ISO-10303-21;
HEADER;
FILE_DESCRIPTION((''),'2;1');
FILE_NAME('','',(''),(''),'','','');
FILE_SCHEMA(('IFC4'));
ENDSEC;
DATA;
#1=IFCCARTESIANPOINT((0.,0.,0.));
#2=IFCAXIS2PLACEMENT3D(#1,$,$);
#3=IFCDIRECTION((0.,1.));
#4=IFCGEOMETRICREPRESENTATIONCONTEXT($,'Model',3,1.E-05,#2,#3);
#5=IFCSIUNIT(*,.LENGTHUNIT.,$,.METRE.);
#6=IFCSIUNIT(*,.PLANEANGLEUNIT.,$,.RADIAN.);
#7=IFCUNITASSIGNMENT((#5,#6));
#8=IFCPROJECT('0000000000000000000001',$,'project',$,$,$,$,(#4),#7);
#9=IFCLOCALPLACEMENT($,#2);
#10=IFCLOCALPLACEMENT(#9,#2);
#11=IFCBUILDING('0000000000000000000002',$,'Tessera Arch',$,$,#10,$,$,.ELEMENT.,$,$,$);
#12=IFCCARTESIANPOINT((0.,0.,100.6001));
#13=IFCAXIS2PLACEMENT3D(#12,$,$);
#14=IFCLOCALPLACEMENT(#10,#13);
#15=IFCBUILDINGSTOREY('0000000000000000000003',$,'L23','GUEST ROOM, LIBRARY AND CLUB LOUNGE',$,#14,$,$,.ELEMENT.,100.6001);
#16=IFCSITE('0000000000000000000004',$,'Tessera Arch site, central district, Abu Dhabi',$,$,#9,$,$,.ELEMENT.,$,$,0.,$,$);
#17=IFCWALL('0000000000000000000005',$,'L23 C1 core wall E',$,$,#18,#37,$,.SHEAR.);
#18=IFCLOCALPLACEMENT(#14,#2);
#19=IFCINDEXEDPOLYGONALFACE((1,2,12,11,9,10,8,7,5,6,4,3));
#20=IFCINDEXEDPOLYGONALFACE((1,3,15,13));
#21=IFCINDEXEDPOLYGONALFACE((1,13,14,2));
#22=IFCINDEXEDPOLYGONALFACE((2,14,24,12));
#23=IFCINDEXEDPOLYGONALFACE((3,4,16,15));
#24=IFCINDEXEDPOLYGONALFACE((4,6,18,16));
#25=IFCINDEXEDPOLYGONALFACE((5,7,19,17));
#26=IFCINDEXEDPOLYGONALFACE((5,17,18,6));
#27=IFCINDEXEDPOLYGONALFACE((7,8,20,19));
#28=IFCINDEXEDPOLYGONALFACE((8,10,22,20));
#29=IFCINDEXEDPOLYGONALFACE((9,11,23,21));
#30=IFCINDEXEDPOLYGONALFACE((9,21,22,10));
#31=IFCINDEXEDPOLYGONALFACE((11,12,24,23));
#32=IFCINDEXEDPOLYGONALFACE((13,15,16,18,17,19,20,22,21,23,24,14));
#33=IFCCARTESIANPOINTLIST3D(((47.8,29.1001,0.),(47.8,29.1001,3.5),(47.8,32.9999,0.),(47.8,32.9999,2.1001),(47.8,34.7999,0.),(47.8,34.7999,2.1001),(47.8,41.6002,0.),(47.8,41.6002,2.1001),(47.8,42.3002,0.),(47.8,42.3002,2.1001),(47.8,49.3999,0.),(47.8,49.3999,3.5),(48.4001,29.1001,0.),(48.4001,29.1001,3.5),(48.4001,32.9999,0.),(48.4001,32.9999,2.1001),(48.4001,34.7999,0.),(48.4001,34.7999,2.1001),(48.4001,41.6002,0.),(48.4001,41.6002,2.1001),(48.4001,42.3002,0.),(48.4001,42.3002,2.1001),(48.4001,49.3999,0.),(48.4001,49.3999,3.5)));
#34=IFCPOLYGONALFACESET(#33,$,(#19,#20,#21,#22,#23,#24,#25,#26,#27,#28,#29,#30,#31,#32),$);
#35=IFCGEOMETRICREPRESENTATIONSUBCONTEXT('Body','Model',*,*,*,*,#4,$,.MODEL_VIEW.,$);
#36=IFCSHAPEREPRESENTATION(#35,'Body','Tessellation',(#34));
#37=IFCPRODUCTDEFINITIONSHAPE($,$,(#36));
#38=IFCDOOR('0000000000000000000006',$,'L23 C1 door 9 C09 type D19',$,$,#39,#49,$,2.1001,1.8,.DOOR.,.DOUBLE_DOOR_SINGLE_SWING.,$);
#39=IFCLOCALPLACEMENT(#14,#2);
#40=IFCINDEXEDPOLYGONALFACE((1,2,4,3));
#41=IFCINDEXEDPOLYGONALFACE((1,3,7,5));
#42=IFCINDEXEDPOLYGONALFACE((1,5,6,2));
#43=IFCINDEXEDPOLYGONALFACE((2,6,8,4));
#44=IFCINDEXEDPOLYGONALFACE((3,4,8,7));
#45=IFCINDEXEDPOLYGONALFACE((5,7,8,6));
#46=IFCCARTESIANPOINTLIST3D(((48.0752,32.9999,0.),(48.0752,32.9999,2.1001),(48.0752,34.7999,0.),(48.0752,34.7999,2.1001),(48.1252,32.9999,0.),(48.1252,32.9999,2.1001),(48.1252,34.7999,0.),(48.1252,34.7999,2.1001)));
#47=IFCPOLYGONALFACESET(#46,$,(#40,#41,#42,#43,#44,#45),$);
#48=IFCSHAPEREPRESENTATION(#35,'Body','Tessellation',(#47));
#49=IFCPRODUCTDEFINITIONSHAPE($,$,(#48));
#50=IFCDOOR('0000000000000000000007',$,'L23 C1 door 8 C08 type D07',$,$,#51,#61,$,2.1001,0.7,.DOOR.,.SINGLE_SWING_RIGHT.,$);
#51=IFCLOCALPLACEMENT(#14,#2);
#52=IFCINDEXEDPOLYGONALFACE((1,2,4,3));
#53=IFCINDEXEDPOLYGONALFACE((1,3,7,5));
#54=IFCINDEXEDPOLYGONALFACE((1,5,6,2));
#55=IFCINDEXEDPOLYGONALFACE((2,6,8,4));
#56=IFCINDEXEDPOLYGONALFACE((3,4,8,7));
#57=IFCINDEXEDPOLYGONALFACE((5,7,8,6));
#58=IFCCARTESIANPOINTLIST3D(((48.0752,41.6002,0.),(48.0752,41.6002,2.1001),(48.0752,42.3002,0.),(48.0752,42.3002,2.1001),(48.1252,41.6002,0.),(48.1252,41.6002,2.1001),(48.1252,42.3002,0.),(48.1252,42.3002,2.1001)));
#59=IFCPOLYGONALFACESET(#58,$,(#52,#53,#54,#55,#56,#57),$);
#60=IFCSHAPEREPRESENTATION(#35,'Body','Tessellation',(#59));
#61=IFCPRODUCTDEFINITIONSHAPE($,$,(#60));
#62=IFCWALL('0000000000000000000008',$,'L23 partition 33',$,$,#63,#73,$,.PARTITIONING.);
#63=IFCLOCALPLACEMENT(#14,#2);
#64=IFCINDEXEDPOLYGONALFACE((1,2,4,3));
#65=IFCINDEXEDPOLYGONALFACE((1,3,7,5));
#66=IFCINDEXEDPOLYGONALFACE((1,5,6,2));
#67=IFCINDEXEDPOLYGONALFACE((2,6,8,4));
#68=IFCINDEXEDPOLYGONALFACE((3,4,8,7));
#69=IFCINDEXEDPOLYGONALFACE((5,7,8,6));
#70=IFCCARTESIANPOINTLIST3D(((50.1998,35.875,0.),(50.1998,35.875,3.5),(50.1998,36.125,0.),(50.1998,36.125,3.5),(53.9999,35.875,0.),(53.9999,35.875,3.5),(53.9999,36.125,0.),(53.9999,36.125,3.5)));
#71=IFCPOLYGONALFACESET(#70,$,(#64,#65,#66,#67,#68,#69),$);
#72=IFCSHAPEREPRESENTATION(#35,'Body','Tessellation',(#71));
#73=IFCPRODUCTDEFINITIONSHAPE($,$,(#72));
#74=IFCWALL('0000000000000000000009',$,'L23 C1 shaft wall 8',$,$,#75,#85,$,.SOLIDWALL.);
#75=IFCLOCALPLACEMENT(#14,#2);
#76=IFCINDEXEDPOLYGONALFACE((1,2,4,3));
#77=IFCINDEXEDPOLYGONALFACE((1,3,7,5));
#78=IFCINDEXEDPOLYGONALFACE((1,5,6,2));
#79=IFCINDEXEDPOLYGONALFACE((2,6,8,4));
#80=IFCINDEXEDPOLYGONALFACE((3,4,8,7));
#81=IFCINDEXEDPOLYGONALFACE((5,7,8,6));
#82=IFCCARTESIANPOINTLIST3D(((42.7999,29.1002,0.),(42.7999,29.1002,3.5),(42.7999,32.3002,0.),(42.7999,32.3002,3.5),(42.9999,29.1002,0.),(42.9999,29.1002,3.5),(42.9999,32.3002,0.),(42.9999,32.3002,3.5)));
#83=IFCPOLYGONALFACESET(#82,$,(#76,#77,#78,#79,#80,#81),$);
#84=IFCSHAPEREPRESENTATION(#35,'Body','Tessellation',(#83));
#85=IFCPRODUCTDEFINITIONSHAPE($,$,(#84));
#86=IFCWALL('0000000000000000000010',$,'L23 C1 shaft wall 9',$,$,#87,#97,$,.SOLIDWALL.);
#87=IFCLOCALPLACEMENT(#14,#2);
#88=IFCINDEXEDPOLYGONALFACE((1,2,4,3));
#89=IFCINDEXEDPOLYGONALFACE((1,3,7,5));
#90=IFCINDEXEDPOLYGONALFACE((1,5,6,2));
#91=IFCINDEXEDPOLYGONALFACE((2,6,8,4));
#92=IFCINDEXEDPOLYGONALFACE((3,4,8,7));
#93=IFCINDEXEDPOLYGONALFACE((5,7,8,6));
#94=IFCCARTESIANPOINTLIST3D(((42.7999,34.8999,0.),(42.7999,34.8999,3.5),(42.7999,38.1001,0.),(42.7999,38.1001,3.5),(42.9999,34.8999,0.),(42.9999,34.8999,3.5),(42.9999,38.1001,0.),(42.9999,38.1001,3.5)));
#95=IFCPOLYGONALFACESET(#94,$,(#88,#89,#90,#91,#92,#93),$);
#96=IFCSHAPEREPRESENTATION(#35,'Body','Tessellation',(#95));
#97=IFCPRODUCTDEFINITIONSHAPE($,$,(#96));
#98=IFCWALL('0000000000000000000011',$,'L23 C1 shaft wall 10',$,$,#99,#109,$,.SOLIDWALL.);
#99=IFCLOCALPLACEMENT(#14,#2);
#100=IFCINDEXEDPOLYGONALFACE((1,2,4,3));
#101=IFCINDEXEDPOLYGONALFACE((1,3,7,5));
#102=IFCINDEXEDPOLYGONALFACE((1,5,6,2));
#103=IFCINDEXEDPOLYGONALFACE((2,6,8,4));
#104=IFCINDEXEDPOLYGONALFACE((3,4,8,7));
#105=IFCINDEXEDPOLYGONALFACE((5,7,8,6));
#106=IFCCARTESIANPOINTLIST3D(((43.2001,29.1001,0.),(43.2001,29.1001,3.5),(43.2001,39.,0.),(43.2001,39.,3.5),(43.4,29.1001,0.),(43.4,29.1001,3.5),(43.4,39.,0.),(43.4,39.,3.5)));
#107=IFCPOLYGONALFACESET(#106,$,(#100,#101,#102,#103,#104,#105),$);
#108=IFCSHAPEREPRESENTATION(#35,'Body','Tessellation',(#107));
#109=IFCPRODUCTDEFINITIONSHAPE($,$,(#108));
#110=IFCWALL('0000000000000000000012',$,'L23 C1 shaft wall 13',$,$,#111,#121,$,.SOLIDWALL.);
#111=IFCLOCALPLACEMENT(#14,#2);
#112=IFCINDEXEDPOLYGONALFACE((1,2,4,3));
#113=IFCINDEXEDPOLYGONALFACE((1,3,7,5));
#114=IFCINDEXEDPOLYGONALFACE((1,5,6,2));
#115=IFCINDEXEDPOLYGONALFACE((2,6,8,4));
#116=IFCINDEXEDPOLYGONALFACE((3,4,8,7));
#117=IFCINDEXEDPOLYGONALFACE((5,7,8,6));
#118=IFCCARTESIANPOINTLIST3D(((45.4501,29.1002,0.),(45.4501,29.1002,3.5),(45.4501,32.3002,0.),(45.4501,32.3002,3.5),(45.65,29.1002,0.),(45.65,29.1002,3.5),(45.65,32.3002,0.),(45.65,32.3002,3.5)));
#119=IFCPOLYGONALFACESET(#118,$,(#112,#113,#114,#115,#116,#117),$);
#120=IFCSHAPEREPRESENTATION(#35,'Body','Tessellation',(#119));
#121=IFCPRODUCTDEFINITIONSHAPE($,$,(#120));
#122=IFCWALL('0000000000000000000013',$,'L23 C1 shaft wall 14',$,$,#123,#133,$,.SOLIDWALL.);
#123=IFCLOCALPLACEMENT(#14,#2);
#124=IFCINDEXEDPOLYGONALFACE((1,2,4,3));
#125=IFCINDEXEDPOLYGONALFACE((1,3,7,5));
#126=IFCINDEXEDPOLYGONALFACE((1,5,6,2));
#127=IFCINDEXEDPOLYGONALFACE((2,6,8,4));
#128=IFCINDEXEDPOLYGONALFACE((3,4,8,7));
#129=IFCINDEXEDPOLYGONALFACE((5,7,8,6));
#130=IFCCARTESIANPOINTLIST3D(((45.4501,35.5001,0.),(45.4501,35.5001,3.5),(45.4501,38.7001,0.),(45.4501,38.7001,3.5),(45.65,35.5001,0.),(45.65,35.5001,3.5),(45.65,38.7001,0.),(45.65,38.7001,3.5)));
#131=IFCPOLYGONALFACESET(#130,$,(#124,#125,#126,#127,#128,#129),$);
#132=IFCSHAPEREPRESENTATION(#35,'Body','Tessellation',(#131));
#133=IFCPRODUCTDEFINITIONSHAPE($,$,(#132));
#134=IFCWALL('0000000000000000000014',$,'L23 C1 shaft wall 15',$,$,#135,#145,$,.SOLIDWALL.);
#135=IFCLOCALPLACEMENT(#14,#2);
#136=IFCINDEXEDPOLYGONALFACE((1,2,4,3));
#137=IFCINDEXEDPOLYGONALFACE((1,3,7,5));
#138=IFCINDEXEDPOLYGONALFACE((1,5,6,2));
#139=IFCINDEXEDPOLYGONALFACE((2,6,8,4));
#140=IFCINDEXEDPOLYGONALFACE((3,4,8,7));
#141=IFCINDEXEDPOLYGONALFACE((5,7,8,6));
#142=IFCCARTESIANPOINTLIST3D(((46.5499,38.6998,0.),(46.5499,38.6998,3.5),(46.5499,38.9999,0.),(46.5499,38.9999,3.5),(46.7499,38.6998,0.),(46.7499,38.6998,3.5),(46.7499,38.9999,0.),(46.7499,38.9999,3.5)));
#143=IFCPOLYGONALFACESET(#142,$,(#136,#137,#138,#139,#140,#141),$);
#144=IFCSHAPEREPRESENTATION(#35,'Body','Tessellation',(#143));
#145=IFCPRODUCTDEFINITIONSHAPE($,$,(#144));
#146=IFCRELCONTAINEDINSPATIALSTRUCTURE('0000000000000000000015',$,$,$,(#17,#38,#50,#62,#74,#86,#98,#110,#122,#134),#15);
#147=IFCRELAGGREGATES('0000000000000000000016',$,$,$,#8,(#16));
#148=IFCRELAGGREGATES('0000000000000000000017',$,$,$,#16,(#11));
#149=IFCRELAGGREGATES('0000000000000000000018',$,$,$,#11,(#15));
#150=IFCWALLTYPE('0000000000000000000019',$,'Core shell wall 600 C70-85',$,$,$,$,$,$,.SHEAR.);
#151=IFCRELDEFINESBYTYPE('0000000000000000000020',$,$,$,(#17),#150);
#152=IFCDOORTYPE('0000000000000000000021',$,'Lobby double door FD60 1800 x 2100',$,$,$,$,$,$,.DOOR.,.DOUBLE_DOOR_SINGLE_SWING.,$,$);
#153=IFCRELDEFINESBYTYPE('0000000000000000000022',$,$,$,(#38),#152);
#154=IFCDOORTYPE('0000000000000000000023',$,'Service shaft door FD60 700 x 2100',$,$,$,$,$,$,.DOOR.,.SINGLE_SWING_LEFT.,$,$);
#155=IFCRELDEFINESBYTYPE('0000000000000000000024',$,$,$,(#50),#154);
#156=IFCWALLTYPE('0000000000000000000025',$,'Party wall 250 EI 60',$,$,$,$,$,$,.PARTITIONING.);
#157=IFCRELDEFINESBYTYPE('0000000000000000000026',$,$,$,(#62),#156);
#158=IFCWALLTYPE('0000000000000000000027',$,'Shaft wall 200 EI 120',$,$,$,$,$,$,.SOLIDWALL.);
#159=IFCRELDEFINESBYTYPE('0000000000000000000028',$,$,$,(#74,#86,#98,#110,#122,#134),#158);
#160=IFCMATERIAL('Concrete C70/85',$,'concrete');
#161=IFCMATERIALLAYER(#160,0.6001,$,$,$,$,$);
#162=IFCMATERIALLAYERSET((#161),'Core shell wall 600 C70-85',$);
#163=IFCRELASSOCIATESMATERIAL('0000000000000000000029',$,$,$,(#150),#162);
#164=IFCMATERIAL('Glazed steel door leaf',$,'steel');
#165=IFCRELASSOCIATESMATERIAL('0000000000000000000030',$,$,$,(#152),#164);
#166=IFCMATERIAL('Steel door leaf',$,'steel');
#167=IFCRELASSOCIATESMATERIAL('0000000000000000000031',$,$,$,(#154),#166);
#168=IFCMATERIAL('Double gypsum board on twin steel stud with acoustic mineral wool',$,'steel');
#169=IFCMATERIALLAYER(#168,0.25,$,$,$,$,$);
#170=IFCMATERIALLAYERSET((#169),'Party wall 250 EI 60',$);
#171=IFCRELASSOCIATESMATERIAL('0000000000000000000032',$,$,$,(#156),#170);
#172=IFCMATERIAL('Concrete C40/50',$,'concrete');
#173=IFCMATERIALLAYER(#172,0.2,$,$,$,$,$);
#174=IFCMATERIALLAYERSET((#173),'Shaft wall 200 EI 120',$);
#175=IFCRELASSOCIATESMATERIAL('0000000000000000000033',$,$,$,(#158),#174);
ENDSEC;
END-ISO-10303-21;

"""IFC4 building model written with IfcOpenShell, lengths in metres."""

from ifc_helpers import new_model, si_unit, direction, frame, frame_2d, origin, place, context, subcontext, project, spatial, rectangle, extrude, material, layer, layer_set, type_object, element, fill, save


model = new_model("IFC4")

# Units and contexts
model_context = context("Model", 3, precision=1e-05, world=origin(), true_north=direction((0.0, 1.0)))
body_context = subcontext(model_context, "Body", "Model", "MODEL_VIEW")
ifc_project = project(units=[si_unit("LENGTHUNIT", "METRE"), si_unit("PLANEANGLEUNIT", "RADIAN")], contexts=[model_context])

# Site, building, storey
site_placement = place(None, origin())
site = spatial("IfcSite", under=ifc_project, at=site_placement, Name="Tessera Arch site, central district, Abu Dhabi", CompositionType="ELEMENT", RefElevation=0.0)
building_placement = place(site_placement, origin())
building = spatial("IfcBuilding", under=site, at=building_placement, Name="Tessera Arch", CompositionType="ELEMENT")
storey_placement = place(building_placement, frame((0.0, 0.0, 100.6001)))
storey = spatial("IfcBuildingStorey", under=building, at=storey_placement, Name="L23", Description="GUEST ROOM, LIBRARY AND CLUB LOUNGE", CompositionType="ELEMENT", Elevation=100.6001)

# Wall, openings, doors
ifc_material_1 = material(Name="Concrete C70/85", Category="concrete")
ifc_layer_1 = layer(ifc_material_1, 0.6001)
ifc_layer_set_1 = layer_set([ifc_layer_1], Name="Core shell wall 600 C70-85")
wall_type_1 = type_object("IfcWallType", Name="Core shell wall 600 C70-85", PredefinedType="SHEAR", material=ifc_layer_set_1)
wall_1_placement = place(storey_placement, frame((48.1001, 29.1001, 0.0), z_axis=(0.0, 0.0, 1.0), x_axis=(0.0, 1.0, 0.0)))
wall_1 = element("IfcWall", 1, at=wall_1_placement, inside=storey, type_object=wall_type_1, Name="L23 C1 core wall E", PredefinedType="SHEAR", context=body_context, shape_type="SweptSolid", body=[
    extrude(rectangle(XDim=20.2998, YDim=0.6001, at=frame_2d((10.1499, 0.0))), origin(), (0.0, 0.0, 1.0), 3.5),
])
opening_1_placement = place(wall_1_placement, frame((12.5, 0.0, 0.0)))
opening_1 = element("IfcOpeningElement", 2, at=opening_1_placement, cuts=wall_1, PredefinedType="OPENING", context=body_context, shape_type="SweptSolid", body=[
    extrude(rectangle(XDim=0.7, YDim=2.1001, at=frame_2d((0.3501, 1.05))), frame((0.0, 0.3101, 0.0), z_axis=(0.0, -1.0, 0.0), x_axis=(1.0, 0.0, 0.0)), (0.0, 0.0, 1.0), 0.6201),
])
opening_2_placement = place(wall_1_placement, frame((3.8999, 0.0, 0.0)))
opening_2 = element("IfcOpeningElement", 3, at=opening_2_placement, cuts=wall_1, PredefinedType="OPENING", context=body_context, shape_type="SweptSolid", body=[
    extrude(rectangle(XDim=1.8, YDim=2.1001, at=frame_2d((0.8999, 1.05))), frame((0.0, 0.3101, 0.0), z_axis=(0.0, -1.0, 0.0), x_axis=(1.0, 0.0, 0.0)), (0.0, 0.0, 1.0), 0.6201),
])
ifc_material_2 = material(Name="Glazed steel door leaf", Category="steel")
door_type_1 = type_object("IfcDoorType", Name="Lobby double door FD60 1800 x 2100", OperationType="DOUBLE_DOOR_SINGLE_SWING", PredefinedType="DOOR", material=ifc_material_2)
door_1_placement = place(opening_2_placement, origin())
door_1 = element("IfcDoor", 4, at=door_1_placement, inside=storey, type_object=door_type_1, Name="L23 C1 door 9 C09 type D19", OperationType="DOUBLE_DOOR_SINGLE_SWING", OverallHeight=2.1001, OverallWidth=1.8, PredefinedType="DOOR", context=body_context, shape_type="SweptSolid", body=[
    extrude(rectangle(XDim=1.8, YDim=2.1001, at=frame_2d((0.8999, 1.05))), frame((0.0, 0.0249, 0.0), z_axis=(0.0, -1.0, 0.0), x_axis=(1.0, 0.0, 0.0)), (0.0, 0.0, 1.0), 0.05),
])
fill(opening_2, door_1)
ifc_material_3 = material(Name="Steel door leaf", Category="steel")
door_type_2 = type_object("IfcDoorType", Name="Service shaft door FD60 700 x 2100", OperationType="SINGLE_SWING_LEFT", PredefinedType="DOOR", material=ifc_material_3)
door_2_placement = place(opening_1_placement, origin())
door_2 = element("IfcDoor", 5, at=door_2_placement, inside=storey, type_object=door_type_2, Name="L23 C1 door 8 C08 type D07", OperationType="SINGLE_SWING_RIGHT", OverallHeight=2.1001, OverallWidth=0.7, PredefinedType="DOOR", context=body_context, shape_type="SweptSolid", body=[
    extrude(rectangle(XDim=0.7, YDim=2.1001, at=frame_2d((0.3501, 1.05))), frame((0.0, 0.0249, 0.0), z_axis=(0.0, -1.0, 0.0), x_axis=(1.0, 0.0, 0.0)), (0.0, 0.0, 1.0), 0.05),
])
fill(opening_1, door_2)

# Walls
ifc_material_4 = material(Name="Double gypsum board on twin steel stud with acoustic mineral wool", Category="steel")
ifc_layer_2 = layer(ifc_material_4, 0.25)
ifc_layer_set_2 = layer_set([ifc_layer_2], Name="Party wall 250 EI 60")
wall_type_2 = type_object("IfcWallType", Name="Party wall 250 EI 60", PredefinedType="PARTITIONING", material=ifc_layer_set_2)
wall_2_placement = place(storey_placement, frame((50.2, 36.0, 0.0), z_axis=(0.0, 0.0, 1.0), x_axis=(1.0, 0.0, 0.0)))
element("IfcWall", 6, at=wall_2_placement, inside=storey, type_object=wall_type_2, Name="L23 partition 33", PredefinedType="PARTITIONING", context=body_context, shape_type="SweptSolid", body=[
    extrude(rectangle(XDim=3.8, YDim=0.25, at=frame_2d((1.8999, 0.0))), origin(), (0.0, 0.0, 1.0), 3.5),
])
ifc_material_5 = material(Name="Concrete C40/50", Category="concrete")
ifc_layer_3 = layer(ifc_material_5, 0.2)
ifc_layer_set_3 = layer_set([ifc_layer_3], Name="Shaft wall 200 EI 120")
wall_type_3 = type_object("IfcWallType", Name="Shaft wall 200 EI 120", PredefinedType="SOLIDWALL", material=ifc_layer_set_3)
wall_3_placement = place(storey_placement, frame((42.8999, 29.1001, 0.0), z_axis=(0.0, 0.0, 1.0), x_axis=(0.0, 1.0, 0.0)))
element("IfcWall", 7, at=wall_3_placement, inside=storey, type_object=wall_type_3, Name="L23 C1 shaft wall 8", PredefinedType="SOLIDWALL", context=body_context, shape_type="SweptSolid", body=[
    extrude(rectangle(XDim=3.2, YDim=0.2, at=frame_2d((1.6001, 0.0))), origin(), (0.0, 0.0, 1.0), 3.5),
])
wall_4_placement = place(storey_placement, frame((42.8999, 34.8999, 0.0), z_axis=(0.0, 0.0, 1.0), x_axis=(0.0, 1.0, 0.0)))
element("IfcWall", 8, at=wall_4_placement, inside=storey, type_object=wall_type_3, Name="L23 C1 shaft wall 9", PredefinedType="SOLIDWALL", context=body_context, shape_type="SweptSolid", body=[
    extrude(rectangle(XDim=3.2002, YDim=0.2, at=frame_2d((1.6001, 0.0))), origin(), (0.0, 0.0, 1.0), 3.5),
])
wall_5_placement = place(storey_placement, frame((43.3, 29.1001, 0.0), z_axis=(0.0, 0.0, 1.0), x_axis=(0.0, 1.0, 0.0)))
element("IfcWall", 9, at=wall_5_placement, inside=storey, type_object=wall_type_3, Name="L23 C1 shaft wall 10", PredefinedType="SOLIDWALL", context=body_context, shape_type="SweptSolid", body=[
    extrude(rectangle(XDim=9.8999, YDim=0.2, at=frame_2d((4.95, 0.0))), origin(), (0.0, 0.0, 1.0), 3.5),
])
for number, where, z_axis, x_axis, name in (
    (10, (45.55, 29.1001, 0.0), (0.0, 0.0, 1.0), (0.0, 1.0, 0.0), "L23 C1 shaft wall 13"),
    (11, (45.55, 35.5, 0.0), (0.0, 0.0, 1.0), (0.0, 1.0, 0.0), "L23 C1 shaft wall 14"),
):
    element("IfcWall", number, at=place(storey_placement, frame(where, z_axis=z_axis, x_axis=x_axis)), inside=storey, type_object=wall_type_3, Name=name, PredefinedType="SOLIDWALL", context=body_context, shape_type="SweptSolid", body=[
        extrude(rectangle(XDim=3.2, YDim=0.2, at=frame_2d((1.6001, 0.0))), origin(), (0.0, 0.0, 1.0), 3.5),
    ])
wall_6_placement = place(storey_placement, frame((46.6499, 38.7, 0.0), z_axis=(0.0, 0.0, 1.0), x_axis=(0.0, 1.0, 0.0)))
element("IfcWall", 12, at=wall_6_placement, inside=storey, type_object=wall_type_3, Name="L23 C1 shaft wall 15", PredefinedType="SOLIDWALL", context=body_context, shape_type="SweptSolid", body=[
    extrude(rectangle(XDim=0.3, YDim=0.2, at=frame_2d((0.1499, 0.0))), origin(), (0.0, 0.0, 1.0), 3.5),
])

save(model, "model.ifc")
